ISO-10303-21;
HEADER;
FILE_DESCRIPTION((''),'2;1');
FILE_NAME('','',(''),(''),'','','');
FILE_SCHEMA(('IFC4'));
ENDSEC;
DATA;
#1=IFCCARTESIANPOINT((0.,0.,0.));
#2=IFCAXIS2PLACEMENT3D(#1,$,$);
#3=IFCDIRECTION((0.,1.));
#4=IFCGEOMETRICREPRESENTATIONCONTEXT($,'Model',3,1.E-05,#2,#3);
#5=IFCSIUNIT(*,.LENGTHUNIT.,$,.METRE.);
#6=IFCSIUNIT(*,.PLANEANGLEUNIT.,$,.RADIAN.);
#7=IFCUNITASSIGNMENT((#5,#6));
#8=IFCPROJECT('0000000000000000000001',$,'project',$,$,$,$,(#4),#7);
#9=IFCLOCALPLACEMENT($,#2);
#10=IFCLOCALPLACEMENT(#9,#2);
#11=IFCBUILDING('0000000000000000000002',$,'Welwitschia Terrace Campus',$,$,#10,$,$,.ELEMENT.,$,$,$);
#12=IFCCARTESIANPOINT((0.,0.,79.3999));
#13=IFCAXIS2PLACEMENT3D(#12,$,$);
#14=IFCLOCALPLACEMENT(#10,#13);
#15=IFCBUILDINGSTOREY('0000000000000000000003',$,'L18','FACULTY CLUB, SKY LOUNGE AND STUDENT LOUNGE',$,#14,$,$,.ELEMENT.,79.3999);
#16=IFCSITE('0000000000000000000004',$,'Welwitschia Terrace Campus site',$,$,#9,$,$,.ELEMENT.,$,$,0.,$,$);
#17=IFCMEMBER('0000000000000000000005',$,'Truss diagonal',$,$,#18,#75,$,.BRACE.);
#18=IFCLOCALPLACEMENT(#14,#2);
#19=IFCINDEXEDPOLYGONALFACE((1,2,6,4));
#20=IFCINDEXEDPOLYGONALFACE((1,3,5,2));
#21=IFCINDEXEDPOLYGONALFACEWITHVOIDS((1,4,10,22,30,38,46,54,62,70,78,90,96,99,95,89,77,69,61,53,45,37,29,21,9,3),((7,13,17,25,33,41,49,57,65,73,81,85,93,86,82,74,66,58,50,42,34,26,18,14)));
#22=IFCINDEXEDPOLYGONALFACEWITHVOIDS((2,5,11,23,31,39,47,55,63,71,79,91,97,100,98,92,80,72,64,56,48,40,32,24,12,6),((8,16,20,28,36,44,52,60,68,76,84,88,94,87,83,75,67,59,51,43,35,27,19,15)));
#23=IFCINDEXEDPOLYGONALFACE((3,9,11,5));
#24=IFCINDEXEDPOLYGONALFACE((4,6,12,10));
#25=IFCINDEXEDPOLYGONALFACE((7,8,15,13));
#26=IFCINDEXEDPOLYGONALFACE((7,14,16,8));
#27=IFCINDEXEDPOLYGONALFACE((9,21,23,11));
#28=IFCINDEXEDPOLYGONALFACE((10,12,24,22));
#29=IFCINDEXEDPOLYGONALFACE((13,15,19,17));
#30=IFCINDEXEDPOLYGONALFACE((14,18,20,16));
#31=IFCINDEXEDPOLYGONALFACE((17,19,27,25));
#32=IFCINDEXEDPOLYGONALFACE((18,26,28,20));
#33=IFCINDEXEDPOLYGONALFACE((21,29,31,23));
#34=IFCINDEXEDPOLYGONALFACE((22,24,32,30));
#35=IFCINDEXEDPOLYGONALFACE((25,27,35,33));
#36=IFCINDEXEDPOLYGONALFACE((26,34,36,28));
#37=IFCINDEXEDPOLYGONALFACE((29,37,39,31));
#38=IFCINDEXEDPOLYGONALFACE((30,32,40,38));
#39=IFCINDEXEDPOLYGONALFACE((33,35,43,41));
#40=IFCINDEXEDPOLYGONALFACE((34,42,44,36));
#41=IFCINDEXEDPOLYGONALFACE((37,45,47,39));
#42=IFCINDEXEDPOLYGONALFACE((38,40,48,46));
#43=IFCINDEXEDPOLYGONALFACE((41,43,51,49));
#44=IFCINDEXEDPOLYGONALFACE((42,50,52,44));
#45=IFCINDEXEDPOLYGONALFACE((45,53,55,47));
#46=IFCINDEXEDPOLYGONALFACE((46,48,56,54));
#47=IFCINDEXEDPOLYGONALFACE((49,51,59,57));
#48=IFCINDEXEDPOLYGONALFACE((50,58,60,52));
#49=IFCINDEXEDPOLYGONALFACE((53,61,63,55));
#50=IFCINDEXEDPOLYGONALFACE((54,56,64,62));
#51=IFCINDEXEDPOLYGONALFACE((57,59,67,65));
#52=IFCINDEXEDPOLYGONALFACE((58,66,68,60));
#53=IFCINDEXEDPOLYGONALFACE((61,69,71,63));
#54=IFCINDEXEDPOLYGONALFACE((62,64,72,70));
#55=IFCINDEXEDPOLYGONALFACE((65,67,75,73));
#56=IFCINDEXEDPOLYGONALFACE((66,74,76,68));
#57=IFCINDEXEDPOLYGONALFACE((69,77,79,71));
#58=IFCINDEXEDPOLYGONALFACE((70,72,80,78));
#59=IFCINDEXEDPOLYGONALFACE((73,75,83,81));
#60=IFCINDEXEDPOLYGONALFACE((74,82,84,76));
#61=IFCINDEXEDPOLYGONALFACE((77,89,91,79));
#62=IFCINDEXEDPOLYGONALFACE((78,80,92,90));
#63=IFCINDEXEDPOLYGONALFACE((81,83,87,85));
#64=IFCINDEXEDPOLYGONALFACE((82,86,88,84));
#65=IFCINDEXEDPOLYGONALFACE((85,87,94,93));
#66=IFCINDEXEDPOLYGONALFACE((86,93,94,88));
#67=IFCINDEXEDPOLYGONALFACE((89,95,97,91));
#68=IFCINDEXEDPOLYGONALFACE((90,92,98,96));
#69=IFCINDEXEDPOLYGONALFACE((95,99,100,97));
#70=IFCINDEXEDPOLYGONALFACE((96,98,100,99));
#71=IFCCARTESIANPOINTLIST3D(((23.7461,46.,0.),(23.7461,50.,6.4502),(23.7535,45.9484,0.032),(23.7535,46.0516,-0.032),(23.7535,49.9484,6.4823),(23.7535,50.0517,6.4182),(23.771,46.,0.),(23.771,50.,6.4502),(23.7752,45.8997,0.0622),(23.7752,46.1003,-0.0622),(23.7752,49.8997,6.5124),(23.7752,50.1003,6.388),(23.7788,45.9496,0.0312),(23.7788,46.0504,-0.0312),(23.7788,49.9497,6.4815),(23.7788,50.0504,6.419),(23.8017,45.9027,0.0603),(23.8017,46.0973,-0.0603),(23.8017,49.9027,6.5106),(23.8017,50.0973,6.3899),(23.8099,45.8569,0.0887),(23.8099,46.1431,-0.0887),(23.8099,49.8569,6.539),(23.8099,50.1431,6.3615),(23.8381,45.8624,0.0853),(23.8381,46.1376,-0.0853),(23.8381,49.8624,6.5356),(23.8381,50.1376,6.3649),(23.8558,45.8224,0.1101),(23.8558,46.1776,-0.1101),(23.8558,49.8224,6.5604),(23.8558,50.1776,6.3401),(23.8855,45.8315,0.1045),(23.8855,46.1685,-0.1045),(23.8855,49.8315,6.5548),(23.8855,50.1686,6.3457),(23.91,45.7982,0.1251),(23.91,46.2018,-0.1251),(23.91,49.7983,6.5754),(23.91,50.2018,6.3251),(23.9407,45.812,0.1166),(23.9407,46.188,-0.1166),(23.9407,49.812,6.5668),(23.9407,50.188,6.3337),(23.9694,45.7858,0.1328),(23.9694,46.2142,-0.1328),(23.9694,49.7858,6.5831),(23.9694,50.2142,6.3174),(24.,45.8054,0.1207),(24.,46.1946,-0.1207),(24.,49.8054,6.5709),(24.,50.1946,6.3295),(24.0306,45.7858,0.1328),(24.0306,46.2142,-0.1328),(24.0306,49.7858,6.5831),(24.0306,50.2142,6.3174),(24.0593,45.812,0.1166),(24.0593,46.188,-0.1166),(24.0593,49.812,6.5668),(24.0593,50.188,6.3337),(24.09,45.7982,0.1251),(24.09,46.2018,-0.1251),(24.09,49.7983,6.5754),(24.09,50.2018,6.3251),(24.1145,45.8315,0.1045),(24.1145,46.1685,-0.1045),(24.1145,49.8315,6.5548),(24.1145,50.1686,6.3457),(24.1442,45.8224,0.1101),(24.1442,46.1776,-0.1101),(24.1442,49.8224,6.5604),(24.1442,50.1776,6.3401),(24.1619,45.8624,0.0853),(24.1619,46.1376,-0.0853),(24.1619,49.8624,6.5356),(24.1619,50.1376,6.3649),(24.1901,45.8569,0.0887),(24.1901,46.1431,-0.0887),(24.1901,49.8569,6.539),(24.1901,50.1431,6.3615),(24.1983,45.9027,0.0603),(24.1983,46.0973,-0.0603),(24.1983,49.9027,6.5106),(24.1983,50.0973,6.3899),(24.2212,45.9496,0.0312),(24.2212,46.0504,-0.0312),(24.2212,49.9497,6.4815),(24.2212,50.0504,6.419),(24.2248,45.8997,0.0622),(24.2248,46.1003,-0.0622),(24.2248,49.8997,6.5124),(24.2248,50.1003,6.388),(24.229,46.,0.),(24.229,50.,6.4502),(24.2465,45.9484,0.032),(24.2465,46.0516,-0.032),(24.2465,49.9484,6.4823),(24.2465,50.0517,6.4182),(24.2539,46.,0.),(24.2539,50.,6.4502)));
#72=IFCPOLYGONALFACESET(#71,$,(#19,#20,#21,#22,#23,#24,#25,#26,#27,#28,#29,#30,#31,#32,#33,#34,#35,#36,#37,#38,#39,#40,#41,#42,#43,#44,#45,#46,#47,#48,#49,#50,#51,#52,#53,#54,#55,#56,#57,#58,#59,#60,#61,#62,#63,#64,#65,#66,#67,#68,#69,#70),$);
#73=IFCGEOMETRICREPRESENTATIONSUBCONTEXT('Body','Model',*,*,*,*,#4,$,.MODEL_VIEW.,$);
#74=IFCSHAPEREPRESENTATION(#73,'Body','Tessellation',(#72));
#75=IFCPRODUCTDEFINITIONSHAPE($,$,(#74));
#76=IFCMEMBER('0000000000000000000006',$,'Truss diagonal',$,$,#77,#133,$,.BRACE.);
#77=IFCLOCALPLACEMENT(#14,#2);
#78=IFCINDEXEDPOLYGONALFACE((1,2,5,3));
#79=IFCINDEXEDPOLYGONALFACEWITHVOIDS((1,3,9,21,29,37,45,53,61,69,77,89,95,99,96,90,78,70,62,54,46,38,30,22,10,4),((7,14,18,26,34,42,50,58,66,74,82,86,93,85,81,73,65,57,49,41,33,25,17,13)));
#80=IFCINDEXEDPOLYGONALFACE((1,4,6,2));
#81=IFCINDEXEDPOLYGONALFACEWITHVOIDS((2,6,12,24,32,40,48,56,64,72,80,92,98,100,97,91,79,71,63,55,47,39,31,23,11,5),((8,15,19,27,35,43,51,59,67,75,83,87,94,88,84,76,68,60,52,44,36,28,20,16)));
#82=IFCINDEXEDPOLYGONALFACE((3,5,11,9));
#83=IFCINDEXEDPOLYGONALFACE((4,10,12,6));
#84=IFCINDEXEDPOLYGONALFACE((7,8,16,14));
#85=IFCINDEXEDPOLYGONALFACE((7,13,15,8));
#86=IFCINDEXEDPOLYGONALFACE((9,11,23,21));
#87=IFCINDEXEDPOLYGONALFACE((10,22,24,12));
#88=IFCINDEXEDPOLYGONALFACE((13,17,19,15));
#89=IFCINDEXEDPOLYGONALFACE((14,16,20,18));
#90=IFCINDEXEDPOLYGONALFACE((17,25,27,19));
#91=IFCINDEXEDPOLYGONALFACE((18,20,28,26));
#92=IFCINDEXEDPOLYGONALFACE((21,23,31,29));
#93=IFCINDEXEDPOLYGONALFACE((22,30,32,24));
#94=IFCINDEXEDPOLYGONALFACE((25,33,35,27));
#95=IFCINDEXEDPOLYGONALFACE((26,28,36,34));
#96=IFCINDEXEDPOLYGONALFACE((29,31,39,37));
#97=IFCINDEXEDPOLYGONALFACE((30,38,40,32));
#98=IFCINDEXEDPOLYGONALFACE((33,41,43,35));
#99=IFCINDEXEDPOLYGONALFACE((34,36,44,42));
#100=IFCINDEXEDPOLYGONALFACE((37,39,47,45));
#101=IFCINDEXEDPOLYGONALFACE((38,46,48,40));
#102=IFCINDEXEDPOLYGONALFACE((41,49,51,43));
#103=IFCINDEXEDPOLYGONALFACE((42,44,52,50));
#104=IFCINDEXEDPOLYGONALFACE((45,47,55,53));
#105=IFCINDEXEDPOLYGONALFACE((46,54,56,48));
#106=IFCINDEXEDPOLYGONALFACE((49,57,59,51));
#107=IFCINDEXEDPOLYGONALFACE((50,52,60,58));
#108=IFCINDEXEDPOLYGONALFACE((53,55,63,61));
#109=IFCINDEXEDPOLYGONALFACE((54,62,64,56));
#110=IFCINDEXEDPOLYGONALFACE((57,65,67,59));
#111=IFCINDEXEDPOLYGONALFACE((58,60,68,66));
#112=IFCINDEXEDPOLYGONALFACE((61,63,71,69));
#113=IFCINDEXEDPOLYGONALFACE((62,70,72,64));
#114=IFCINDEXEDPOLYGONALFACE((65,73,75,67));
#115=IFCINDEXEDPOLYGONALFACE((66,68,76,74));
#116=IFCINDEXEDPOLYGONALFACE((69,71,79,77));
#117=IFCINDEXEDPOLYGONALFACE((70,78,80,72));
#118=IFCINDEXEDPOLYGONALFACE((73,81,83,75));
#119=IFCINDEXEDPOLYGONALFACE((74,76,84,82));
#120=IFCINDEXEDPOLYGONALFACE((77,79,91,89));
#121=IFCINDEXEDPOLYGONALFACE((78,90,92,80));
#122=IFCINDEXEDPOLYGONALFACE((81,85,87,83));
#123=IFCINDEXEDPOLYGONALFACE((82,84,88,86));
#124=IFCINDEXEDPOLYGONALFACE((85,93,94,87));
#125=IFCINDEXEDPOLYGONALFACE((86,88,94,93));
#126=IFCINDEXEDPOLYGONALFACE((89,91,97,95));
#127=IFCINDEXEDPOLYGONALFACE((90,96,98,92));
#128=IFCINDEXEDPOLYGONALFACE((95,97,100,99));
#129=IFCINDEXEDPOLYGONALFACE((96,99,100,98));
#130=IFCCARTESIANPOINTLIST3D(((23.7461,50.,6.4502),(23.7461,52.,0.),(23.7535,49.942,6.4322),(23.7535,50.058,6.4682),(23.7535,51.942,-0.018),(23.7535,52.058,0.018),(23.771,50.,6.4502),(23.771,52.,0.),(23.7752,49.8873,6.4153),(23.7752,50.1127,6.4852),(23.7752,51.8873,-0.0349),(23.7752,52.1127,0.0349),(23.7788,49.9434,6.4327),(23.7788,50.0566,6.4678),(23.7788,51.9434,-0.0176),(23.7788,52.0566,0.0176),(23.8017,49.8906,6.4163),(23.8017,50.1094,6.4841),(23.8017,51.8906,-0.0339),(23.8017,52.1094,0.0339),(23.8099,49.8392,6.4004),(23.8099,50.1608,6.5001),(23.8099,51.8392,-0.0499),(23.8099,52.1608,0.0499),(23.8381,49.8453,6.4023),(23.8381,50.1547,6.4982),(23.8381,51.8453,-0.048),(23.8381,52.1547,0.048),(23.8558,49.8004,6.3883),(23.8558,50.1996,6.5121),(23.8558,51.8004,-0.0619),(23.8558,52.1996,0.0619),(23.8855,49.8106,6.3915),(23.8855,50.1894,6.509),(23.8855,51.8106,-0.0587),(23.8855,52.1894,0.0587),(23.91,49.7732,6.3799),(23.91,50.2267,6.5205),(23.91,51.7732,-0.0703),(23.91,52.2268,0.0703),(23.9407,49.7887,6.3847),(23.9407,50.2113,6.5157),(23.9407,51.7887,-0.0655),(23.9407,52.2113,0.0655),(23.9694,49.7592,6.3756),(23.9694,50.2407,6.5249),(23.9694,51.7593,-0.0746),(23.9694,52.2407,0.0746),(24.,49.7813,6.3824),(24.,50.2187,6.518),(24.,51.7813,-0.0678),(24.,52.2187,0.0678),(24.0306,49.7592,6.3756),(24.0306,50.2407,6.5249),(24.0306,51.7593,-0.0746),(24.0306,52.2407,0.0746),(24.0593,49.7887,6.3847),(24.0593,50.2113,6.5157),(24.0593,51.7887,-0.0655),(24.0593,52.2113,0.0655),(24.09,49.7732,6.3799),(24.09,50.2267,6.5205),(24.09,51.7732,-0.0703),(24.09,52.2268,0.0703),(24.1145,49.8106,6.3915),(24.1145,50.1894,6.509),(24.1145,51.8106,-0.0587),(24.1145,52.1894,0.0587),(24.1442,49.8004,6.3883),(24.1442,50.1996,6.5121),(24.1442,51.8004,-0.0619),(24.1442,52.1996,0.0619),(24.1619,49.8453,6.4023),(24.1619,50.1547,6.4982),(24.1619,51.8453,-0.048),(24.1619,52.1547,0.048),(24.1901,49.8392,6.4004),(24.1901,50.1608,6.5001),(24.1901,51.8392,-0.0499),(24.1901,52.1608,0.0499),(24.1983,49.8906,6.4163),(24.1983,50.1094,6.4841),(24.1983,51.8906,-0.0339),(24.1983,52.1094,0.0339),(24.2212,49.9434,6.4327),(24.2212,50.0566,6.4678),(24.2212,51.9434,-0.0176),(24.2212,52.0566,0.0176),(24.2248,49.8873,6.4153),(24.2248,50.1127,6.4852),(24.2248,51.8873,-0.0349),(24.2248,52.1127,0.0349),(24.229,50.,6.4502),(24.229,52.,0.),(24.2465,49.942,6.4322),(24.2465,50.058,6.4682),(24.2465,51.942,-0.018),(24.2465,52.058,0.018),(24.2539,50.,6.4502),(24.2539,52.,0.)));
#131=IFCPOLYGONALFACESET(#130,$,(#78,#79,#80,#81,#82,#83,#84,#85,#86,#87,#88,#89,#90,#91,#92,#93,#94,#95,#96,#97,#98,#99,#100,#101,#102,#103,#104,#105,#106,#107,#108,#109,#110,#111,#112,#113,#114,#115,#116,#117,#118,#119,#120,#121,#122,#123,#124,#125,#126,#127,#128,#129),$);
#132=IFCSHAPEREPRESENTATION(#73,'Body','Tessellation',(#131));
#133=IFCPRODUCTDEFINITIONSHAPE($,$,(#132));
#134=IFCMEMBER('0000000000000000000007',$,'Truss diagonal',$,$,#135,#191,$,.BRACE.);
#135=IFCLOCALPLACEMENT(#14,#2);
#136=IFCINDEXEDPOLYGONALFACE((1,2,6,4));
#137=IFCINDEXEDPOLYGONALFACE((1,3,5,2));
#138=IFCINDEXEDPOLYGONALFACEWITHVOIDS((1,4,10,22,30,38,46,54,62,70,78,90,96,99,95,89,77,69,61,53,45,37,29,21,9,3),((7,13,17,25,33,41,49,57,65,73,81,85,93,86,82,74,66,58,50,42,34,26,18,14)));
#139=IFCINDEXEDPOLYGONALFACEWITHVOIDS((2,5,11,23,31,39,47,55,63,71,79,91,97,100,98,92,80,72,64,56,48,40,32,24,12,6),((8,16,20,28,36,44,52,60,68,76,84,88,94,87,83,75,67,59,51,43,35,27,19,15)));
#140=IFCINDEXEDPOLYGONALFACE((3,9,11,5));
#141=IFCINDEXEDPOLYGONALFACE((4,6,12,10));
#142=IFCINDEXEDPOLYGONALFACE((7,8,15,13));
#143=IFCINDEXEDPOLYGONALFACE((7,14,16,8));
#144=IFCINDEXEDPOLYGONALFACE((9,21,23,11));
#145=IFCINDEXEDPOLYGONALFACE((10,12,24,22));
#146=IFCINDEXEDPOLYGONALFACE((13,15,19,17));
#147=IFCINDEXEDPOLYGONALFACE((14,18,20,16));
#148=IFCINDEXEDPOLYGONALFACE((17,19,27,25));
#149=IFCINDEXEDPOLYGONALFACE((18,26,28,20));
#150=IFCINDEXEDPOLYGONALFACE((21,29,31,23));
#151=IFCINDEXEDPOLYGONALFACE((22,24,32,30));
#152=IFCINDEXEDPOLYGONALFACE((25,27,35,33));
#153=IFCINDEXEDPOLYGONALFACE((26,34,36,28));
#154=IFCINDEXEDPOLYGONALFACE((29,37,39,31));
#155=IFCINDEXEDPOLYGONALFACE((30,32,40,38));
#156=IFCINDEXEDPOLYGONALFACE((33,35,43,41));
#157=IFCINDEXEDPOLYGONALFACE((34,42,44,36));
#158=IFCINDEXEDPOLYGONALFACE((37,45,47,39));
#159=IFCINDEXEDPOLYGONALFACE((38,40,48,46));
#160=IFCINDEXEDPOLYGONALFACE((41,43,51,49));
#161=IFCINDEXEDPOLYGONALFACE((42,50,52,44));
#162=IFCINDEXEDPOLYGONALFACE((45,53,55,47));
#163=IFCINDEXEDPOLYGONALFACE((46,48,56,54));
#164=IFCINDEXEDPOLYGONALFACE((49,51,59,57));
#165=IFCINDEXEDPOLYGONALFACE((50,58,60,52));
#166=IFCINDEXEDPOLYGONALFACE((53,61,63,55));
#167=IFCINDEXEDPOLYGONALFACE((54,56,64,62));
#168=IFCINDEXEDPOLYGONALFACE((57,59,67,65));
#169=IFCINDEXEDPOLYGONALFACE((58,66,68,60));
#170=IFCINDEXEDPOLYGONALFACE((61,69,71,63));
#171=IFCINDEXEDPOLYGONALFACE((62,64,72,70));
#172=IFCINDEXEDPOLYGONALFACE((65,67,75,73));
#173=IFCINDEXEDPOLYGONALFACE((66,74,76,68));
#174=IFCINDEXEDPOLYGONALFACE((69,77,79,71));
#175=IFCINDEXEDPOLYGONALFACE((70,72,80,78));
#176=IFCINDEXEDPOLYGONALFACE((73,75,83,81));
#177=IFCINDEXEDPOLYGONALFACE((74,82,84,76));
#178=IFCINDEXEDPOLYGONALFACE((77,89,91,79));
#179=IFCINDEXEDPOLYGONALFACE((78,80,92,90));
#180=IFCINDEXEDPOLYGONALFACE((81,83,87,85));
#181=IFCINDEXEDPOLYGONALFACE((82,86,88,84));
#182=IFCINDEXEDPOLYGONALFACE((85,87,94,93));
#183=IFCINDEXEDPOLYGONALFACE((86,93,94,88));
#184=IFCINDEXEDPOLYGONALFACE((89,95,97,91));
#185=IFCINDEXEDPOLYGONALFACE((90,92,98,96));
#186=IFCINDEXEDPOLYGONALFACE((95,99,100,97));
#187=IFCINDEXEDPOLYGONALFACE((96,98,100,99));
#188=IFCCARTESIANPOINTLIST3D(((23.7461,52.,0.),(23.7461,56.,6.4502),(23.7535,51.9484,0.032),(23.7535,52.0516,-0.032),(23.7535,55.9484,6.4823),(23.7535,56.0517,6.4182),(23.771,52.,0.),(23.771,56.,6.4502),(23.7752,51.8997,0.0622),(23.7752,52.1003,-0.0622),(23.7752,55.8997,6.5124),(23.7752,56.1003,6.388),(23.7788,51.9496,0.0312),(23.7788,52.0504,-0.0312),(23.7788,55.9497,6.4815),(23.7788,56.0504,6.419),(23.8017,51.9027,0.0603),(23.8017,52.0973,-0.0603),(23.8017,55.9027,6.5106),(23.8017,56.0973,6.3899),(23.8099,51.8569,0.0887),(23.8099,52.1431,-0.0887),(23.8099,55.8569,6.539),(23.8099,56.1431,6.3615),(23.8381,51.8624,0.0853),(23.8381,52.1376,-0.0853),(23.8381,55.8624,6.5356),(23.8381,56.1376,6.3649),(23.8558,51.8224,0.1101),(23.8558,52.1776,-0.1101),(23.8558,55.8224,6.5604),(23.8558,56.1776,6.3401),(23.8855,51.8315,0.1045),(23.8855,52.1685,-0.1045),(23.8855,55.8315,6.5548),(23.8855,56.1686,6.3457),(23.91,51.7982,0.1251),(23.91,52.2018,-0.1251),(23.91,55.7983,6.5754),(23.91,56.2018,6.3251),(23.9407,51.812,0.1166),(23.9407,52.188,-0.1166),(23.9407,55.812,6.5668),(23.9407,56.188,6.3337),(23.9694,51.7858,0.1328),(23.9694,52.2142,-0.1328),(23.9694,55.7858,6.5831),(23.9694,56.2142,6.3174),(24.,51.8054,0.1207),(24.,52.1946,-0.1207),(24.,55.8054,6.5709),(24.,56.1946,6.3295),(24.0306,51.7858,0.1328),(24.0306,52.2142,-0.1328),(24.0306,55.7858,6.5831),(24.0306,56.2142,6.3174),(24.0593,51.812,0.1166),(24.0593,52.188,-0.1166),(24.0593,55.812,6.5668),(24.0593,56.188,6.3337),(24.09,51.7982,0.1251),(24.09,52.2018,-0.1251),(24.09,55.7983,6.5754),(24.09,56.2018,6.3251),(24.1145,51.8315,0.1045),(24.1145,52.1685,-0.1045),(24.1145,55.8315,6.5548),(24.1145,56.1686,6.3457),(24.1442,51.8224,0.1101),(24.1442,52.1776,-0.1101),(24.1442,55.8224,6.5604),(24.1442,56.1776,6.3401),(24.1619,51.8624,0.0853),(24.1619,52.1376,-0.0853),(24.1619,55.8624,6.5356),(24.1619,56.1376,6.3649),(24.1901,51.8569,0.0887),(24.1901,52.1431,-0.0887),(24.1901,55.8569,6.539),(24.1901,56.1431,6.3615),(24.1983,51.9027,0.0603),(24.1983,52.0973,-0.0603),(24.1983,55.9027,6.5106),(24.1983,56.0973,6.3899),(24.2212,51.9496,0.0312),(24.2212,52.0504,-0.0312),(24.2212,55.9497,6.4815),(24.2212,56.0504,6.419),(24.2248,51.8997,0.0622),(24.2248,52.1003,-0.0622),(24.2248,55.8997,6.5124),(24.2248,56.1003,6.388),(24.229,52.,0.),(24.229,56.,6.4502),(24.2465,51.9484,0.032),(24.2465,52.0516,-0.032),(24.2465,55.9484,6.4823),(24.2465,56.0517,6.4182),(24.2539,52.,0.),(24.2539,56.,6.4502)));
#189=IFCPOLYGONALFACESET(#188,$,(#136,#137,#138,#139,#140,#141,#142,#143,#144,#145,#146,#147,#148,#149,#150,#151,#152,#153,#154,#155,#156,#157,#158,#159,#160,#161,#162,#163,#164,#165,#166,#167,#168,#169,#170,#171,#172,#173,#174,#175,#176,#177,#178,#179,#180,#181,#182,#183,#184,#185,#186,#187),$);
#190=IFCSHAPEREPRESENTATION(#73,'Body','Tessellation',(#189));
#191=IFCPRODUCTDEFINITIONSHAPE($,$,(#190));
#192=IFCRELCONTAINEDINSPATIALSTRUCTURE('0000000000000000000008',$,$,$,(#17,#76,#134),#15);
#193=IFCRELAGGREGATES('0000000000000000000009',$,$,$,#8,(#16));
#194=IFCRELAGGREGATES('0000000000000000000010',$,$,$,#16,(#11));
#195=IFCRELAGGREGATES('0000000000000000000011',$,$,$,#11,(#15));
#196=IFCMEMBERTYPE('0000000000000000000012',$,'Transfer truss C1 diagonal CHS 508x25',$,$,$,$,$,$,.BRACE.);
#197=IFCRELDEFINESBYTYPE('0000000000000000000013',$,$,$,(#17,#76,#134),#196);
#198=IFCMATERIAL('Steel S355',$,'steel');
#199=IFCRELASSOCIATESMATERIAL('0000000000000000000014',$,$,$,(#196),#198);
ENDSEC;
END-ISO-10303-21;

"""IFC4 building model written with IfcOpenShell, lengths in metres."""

from ifc_helpers import new_model, si_unit, direction, frame, origin, origin_2d, place, context, subcontext, project, spatial, hollow_circle, extrude, material, material_profile, profile_set, type_object, element, save


model = new_model("IFC4")

# Units and contexts
model_context = context("Model", 3, precision=1e-05, world=origin(), true_north=direction((0.0, 1.0)))
body_context = subcontext(model_context, "Body", "Model", "MODEL_VIEW")
ifc_project = project(units=[si_unit("LENGTHUNIT", "METRE"), si_unit("PLANEANGLEUNIT", "RADIAN")], contexts=[model_context])

# Site, building, storey
site_placement = place(None, origin())
site = spatial("IfcSite", under=ifc_project, at=site_placement, Name="Welwitschia Terrace Campus site", CompositionType="ELEMENT", RefElevation=0.0)
building_placement = place(site_placement, origin())
building = spatial("IfcBuilding", under=site, at=building_placement, Name="Welwitschia Terrace Campus", CompositionType="ELEMENT")
storey_placement = place(building_placement, frame((0.0, 0.0, 79.3999)))
storey = spatial("IfcBuildingStorey", under=building, at=storey_placement, Name="L18", Description="FACULTY CLUB, SKY LOUNGE AND STUDENT LOUNGE", CompositionType="ELEMENT", Elevation=79.3999)

# Members
ifc_material_1 = material(Name="Steel S355", Category="steel")
ifc_material_profile_1 = material_profile(ifc_material_1, hollow_circle(Radius=0.2539, WallThickness=0.0249, at=origin_2d()))
ifc_profile_set_1 = profile_set([ifc_material_profile_1], Name="Steel S355")
member_type_1 = type_object("IfcMemberType", Name="Transfer truss C1 diagonal CHS 508x25", PredefinedType="BRACE", material=ifc_profile_set_1)
for number, where, z_axis, x_axis, name in (
    (1, (24.0, 46.0, 0.0), (0.0, 0.527023, 0.849851), (-1.0, 0.0, 0.0), "Truss diagonal"),
):
    element("IfcMember", number, at=place(storey_placement, frame(where, z_axis=z_axis, x_axis=x_axis)), inside=storey, type_object=member_type_1, Name=name, PredefinedType="BRACE", context=body_context, shape_type="SweptSolid", body=[
        extrude(hollow_circle(Radius=0.2539, WallThickness=0.0249, at=origin_2d()), origin(), (0.0, 0.0, 1.0), 7.5898),
    ])
member_1_placement = place(storey_placement, frame((24.0, 52.0, 0.0), z_axis=(0.0, -0.296158, 0.955139), x_axis=(1.0, 0.0, 0.0)))
element("IfcMember", 2, at=member_1_placement, inside=storey, type_object=member_type_1, Name="Truss diagonal", PredefinedType="BRACE", context=body_context, shape_type="SweptSolid", body=[
    extrude(hollow_circle(Radius=0.2539, WallThickness=0.0249, at=origin_2d()), origin(), (0.0, 0.0, 1.0), 6.7532),
])
member_2_placement = place(storey_placement, frame((24.0, 52.0, 0.0), z_axis=(0.0, 0.527023, 0.849851), x_axis=(-1.0, 0.0, 0.0)))
element("IfcMember", 3, at=member_2_placement, inside=storey, type_object=member_type_1, Name="Truss diagonal", PredefinedType="BRACE", context=body_context, shape_type="SweptSolid", body=[
    extrude(hollow_circle(Radius=0.2539, WallThickness=0.0249, at=origin_2d()), origin(), (0.0, 0.0, 1.0), 7.5898),
])

save(model, "model.ifc")
